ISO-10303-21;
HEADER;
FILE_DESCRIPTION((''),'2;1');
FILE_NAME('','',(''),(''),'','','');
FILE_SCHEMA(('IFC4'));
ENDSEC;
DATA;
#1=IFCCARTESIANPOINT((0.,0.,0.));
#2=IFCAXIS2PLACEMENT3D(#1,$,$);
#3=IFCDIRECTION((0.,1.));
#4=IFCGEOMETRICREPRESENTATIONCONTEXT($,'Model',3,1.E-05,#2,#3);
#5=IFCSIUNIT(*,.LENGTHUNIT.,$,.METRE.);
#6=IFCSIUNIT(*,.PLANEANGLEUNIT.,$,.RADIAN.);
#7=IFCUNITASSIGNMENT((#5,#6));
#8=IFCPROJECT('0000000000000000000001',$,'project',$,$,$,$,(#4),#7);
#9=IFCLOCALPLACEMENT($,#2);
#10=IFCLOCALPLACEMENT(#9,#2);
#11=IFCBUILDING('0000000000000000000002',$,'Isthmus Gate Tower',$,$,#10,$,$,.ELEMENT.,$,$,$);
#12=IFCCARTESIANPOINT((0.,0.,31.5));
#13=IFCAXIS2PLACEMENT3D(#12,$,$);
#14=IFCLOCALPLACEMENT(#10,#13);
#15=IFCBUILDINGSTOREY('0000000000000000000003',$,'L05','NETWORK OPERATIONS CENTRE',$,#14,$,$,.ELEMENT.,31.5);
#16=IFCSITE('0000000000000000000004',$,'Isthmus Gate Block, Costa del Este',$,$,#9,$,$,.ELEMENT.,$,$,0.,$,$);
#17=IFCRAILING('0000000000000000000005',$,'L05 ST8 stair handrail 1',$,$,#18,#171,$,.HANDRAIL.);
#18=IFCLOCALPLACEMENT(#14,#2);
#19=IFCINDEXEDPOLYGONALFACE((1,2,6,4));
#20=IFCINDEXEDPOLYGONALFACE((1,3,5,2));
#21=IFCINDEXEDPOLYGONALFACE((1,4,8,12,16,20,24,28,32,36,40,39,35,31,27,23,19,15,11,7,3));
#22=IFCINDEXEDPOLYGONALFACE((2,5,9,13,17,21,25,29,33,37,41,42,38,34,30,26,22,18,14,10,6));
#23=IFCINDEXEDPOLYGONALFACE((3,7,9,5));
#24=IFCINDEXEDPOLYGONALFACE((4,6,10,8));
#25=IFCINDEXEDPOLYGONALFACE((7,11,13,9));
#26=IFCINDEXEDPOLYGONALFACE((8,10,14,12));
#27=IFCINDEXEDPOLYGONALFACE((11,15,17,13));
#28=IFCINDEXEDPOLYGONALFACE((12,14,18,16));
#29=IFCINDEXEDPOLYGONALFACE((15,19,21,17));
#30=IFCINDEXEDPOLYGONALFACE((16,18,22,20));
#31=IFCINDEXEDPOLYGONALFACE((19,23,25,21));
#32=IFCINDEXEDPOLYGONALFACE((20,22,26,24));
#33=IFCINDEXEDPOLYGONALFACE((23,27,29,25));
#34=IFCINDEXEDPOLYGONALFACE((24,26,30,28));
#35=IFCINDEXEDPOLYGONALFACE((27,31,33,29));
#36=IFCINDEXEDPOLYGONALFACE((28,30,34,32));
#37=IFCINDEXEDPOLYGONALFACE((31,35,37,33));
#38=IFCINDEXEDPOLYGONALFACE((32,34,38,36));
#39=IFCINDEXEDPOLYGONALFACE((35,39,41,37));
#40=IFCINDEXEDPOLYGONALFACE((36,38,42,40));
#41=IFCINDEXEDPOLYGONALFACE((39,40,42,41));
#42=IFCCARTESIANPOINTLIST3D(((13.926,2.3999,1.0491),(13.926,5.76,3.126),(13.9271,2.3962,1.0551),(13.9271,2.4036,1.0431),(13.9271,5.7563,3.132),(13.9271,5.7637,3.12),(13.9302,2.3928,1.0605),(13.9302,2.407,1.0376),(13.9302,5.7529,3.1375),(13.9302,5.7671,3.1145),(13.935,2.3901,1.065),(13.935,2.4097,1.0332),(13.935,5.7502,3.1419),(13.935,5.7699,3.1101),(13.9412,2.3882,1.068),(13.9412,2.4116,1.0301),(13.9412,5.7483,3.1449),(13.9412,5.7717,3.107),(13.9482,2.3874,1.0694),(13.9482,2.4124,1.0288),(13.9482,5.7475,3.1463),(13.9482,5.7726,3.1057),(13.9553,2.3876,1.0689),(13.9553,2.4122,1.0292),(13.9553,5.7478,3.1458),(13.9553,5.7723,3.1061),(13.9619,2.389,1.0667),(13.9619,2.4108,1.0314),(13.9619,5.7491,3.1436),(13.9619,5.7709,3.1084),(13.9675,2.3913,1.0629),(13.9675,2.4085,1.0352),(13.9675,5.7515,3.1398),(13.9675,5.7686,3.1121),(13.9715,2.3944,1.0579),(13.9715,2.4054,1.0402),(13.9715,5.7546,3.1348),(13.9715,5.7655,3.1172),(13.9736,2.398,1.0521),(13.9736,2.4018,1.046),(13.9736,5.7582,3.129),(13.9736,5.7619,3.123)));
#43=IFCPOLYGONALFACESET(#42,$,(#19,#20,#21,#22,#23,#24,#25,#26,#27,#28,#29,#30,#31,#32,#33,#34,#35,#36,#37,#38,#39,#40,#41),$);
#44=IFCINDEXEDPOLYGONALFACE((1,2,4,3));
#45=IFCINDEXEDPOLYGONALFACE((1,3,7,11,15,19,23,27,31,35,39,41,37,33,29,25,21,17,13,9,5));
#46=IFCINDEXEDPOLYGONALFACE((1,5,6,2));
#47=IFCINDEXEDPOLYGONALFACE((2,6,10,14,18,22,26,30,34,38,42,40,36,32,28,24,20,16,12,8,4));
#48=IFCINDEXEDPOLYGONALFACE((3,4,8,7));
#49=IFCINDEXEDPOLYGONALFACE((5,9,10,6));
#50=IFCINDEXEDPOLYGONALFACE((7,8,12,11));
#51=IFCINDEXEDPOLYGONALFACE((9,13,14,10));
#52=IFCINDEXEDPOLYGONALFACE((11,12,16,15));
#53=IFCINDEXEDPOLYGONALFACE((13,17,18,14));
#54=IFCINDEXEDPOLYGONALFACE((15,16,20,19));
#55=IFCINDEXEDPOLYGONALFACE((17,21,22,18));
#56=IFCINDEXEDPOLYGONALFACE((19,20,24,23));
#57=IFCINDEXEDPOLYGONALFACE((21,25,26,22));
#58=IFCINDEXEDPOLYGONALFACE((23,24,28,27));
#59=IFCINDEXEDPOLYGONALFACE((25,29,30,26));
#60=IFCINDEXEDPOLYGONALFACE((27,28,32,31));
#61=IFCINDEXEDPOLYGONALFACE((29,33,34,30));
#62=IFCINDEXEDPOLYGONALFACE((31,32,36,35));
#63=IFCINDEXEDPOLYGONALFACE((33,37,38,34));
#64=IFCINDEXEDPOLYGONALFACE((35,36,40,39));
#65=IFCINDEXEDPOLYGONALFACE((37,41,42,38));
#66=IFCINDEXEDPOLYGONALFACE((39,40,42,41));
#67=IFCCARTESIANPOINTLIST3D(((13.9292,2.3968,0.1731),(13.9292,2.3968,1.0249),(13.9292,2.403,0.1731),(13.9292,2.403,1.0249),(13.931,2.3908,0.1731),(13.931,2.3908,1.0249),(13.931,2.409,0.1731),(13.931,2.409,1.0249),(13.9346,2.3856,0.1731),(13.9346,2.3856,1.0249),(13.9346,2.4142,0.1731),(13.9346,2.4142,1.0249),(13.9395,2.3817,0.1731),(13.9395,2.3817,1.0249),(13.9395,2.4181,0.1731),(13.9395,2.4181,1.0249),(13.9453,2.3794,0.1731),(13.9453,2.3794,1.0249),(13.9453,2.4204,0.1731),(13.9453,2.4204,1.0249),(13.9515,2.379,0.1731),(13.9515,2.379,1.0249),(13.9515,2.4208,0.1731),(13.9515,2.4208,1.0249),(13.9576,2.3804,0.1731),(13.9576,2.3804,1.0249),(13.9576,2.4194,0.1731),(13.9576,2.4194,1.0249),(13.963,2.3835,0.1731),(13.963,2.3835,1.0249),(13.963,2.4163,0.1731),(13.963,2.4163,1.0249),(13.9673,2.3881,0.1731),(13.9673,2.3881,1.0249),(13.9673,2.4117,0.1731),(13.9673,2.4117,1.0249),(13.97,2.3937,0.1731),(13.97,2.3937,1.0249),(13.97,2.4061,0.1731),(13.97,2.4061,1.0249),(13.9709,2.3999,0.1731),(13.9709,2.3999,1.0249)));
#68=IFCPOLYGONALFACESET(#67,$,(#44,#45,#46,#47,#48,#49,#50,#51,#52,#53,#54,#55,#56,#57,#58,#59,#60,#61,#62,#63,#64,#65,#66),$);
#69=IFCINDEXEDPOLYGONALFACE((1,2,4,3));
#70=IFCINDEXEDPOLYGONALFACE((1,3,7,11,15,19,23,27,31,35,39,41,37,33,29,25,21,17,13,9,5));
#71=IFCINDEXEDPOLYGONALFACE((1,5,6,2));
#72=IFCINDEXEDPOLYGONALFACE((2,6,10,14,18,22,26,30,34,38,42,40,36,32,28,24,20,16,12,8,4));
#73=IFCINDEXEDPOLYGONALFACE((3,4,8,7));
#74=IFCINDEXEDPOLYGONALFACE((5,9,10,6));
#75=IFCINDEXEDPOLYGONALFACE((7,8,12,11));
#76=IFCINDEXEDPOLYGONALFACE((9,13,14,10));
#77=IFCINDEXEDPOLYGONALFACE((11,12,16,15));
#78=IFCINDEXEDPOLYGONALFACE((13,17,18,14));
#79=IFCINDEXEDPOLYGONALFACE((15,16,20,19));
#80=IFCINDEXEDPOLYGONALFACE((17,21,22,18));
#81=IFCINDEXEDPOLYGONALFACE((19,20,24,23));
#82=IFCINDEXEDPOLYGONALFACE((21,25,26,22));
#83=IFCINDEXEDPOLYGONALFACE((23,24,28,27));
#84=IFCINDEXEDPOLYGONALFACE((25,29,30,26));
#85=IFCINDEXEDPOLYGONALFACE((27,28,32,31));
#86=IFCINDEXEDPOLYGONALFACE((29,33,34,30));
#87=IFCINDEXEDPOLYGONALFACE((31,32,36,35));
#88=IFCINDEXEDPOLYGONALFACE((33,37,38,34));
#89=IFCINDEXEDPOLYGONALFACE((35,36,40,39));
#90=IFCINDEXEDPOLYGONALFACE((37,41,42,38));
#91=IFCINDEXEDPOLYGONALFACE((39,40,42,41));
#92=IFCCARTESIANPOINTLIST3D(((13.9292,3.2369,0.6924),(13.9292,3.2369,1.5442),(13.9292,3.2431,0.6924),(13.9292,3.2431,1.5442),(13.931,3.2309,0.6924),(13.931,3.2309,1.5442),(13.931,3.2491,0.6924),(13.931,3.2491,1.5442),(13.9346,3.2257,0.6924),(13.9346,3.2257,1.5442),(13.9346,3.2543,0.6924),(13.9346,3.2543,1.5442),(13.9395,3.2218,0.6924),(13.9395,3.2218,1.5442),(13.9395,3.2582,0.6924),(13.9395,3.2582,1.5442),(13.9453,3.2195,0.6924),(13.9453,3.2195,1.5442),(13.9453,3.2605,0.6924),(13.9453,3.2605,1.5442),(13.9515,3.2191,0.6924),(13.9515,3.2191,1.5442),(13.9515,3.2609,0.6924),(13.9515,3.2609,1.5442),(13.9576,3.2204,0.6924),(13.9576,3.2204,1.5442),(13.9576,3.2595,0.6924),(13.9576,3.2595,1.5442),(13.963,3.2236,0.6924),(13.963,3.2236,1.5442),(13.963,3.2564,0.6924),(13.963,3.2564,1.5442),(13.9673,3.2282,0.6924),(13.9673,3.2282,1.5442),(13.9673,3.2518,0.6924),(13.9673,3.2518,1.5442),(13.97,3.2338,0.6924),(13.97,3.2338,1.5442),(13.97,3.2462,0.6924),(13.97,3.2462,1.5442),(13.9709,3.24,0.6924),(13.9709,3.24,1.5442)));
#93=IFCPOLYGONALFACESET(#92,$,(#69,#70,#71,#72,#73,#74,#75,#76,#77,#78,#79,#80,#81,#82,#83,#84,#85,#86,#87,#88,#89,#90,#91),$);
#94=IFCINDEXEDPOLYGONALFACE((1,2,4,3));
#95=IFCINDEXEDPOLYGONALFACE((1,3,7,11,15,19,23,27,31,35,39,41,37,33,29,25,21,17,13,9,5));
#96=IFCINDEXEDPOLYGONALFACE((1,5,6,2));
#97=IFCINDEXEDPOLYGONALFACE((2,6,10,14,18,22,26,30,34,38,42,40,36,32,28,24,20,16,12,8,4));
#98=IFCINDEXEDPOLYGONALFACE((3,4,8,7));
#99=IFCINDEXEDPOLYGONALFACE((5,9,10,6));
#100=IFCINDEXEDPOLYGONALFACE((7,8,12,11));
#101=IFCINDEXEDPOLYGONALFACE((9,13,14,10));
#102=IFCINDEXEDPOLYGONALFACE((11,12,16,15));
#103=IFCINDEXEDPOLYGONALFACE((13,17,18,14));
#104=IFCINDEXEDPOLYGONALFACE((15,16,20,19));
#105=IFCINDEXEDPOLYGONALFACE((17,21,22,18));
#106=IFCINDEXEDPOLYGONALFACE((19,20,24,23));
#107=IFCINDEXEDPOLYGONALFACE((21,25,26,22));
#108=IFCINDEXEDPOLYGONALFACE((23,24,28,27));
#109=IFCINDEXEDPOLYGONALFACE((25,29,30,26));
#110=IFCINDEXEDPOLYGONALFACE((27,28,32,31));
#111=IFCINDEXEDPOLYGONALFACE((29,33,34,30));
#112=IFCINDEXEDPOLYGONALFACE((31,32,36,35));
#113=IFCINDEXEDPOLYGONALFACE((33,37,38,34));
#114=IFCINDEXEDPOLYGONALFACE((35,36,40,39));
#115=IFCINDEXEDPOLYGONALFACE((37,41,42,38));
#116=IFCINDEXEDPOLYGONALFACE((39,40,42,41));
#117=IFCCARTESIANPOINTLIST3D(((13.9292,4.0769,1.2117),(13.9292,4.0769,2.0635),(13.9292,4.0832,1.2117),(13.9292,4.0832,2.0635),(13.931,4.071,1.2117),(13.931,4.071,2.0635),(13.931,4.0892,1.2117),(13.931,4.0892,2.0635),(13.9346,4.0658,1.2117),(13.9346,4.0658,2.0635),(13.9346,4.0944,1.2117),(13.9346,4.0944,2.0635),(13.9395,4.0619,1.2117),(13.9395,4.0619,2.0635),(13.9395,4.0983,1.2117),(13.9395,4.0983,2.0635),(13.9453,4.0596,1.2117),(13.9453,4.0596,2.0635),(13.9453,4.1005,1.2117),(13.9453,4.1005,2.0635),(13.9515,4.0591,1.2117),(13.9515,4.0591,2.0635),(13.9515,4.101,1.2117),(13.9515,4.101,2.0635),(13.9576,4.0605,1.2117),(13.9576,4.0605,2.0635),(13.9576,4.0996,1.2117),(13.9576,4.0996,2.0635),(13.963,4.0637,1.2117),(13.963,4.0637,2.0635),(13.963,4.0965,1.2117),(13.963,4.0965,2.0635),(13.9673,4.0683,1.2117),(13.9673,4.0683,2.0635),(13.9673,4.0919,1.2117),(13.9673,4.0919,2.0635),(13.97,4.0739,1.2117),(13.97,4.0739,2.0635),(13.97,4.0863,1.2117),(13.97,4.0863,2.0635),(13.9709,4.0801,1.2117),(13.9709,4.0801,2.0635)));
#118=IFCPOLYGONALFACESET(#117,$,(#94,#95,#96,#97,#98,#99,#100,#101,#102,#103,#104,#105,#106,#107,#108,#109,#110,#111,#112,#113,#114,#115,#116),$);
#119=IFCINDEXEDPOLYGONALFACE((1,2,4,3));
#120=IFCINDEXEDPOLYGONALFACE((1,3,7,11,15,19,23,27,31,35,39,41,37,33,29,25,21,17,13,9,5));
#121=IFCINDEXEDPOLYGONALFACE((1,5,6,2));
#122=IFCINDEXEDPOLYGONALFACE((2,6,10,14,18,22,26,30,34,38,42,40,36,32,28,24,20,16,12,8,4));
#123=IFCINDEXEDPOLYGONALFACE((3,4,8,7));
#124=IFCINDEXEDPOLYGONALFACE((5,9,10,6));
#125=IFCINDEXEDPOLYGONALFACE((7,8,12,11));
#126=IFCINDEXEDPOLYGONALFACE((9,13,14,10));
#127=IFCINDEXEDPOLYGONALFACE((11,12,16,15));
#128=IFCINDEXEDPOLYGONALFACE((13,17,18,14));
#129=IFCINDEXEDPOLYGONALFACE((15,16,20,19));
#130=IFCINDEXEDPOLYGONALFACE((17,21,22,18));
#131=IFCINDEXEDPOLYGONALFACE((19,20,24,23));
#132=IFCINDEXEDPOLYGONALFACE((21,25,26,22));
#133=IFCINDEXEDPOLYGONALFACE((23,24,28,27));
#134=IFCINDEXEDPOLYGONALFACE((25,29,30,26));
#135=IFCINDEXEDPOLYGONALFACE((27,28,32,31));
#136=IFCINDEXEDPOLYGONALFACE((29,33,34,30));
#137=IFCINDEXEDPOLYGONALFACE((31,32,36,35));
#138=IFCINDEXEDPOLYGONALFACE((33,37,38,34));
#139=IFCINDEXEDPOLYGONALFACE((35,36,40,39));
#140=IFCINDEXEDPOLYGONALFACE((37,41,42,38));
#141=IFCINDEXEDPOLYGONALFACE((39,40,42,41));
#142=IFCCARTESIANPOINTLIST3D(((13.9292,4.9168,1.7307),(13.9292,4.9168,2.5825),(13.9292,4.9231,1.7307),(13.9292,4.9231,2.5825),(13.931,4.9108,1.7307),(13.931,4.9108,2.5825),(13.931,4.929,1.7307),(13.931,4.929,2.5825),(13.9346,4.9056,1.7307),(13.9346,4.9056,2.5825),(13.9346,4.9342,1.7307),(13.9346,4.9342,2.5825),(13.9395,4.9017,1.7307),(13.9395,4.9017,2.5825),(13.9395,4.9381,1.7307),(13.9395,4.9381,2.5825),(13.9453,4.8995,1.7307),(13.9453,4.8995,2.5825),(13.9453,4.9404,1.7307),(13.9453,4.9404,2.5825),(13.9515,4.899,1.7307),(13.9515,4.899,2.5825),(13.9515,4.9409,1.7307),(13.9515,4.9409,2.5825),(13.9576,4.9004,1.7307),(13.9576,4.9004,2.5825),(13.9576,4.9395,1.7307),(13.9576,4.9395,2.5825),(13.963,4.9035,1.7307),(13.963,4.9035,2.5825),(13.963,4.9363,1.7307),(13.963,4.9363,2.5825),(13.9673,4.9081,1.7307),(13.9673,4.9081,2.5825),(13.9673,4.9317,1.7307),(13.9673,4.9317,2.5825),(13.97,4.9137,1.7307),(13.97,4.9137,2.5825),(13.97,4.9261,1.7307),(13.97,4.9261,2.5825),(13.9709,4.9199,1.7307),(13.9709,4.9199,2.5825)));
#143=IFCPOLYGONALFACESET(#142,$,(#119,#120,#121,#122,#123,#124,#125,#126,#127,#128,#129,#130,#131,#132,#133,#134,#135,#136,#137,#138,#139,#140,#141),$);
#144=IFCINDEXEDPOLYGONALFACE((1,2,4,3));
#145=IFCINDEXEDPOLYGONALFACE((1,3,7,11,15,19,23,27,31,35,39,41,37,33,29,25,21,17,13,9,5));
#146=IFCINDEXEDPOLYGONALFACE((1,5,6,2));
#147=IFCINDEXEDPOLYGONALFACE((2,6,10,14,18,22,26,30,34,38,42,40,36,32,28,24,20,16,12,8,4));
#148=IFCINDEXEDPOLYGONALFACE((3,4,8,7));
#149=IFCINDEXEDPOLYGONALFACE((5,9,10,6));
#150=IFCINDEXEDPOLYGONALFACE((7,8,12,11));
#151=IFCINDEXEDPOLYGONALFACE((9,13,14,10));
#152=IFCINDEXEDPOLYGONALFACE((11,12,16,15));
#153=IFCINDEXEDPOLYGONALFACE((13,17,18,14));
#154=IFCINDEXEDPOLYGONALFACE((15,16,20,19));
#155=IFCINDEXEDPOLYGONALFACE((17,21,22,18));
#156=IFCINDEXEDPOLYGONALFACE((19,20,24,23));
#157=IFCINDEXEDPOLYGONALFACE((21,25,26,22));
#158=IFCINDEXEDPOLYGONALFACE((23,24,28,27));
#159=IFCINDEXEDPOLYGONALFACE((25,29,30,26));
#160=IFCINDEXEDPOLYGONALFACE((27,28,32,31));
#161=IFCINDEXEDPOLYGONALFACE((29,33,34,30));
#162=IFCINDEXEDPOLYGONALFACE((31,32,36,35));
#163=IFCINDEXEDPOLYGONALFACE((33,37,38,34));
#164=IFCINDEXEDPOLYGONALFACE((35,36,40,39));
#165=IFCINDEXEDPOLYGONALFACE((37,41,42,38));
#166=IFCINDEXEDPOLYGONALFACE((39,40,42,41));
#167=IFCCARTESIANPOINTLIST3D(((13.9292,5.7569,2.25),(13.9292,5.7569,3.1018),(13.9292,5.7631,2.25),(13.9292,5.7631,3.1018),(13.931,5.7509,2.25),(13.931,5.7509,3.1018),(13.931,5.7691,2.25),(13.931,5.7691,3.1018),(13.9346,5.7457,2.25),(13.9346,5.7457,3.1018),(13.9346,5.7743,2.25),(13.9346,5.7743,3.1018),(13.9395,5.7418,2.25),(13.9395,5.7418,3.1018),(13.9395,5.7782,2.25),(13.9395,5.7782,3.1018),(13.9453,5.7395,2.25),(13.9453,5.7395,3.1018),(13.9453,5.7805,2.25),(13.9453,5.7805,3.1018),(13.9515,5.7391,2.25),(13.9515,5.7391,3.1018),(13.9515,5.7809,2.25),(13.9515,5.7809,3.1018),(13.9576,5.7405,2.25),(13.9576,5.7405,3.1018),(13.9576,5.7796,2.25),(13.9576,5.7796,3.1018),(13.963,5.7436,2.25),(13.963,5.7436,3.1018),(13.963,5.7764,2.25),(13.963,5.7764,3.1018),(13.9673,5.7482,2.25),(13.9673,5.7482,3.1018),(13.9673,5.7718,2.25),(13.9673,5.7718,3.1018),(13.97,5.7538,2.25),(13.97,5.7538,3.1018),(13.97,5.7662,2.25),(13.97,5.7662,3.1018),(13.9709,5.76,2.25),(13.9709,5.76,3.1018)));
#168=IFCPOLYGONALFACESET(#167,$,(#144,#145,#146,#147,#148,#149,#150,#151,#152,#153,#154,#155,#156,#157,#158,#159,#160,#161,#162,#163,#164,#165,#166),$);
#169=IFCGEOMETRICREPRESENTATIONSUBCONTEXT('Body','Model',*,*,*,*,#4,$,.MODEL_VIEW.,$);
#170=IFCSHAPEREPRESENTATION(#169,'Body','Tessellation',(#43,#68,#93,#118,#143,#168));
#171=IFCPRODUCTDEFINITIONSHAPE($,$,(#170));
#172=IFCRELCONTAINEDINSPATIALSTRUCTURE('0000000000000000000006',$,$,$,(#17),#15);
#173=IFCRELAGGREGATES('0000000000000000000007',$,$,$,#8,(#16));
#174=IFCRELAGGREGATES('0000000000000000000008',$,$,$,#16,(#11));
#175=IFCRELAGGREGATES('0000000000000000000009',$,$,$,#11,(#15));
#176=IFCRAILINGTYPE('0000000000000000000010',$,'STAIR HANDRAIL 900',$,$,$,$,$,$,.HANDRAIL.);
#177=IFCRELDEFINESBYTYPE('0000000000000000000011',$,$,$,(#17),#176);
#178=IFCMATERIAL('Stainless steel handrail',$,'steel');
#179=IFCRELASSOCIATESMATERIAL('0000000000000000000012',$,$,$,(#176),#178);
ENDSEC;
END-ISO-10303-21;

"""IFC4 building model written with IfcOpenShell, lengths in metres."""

from ifc_helpers import new_model, si_unit, direction, frame, origin, origin_2d, place, context, subcontext, project, spatial, circle, extrude, material, type_object, element, save


model = new_model("IFC4")

# Units and contexts
model_context = context("Model", 3, precision=1e-05, world=origin(), true_north=direction((0.0, 1.0)))
body_context = subcontext(model_context, "Body", "Model", "MODEL_VIEW")
ifc_project = project(units=[si_unit("LENGTHUNIT", "METRE"), si_unit("PLANEANGLEUNIT", "RADIAN")], contexts=[model_context])

# Site, building, storey
site_placement = place(None, origin())
site = spatial("IfcSite", under=ifc_project, at=site_placement, Name="Isthmus Gate Block, Costa del Este", CompositionType="ELEMENT", RefElevation=0.0)
building_placement = place(site_placement, origin())
building = spatial("IfcBuilding", under=site, at=building_placement, Name="Isthmus Gate Tower", CompositionType="ELEMENT")
storey_placement = place(building_placement, frame((0.0, 0.0, 31.5)))
storey = spatial("IfcBuildingStorey", under=building, at=storey_placement, Name="L05", Description="NETWORK OPERATIONS CENTRE", CompositionType="ELEMENT", Elevation=31.5)

# Railing
ifc_material_1 = material(Name="Stainless steel handrail", Category="steel")
railing_type_1 = type_object("IfcRailingType", Name="STAIR HANDRAIL 900", PredefinedType="HANDRAIL", material=ifc_material_1)
for number, where, name in (
    (1, (13.95, 2.3999, 0.1731), "L05 ST8 stair handrail 1"),
):
    element("IfcRailing", number, at=place(storey_placement, frame(where)), inside=storey, type_object=railing_type_1, Name=name, PredefinedType="HANDRAIL", context=body_context, shape_type="SweptSolid", body=[
        extrude(circle(Radius=0.0239, at=origin_2d()), frame((0.0, 0.0, 0.876), z_axis=(0.0, 0.850623, 0.525776), x_axis=(-1.0, 0.0, 0.0)), (0.0, 0.0, 1.0), 3.9502),
        extrude(circle(Radius=0.021, at=origin_2d()), origin(), (0.0, 0.0, 1.0), 0.8518),
        extrude(circle(Radius=0.021, at=origin_2d()), frame((0.0, 0.8401, 0.5193)), (0.0, 0.0, 1.0), 0.8518),
        extrude(circle(Radius=0.021, at=origin_2d()), frame((0.0, 1.6802, 1.0386)), (0.0, 0.0, 1.0), 0.8518),
        extrude(circle(Radius=0.021, at=origin_2d()), frame((0.0, 2.52, 1.5576)), (0.0, 0.0, 1.0), 0.8518),
        extrude(circle(Radius=0.021, at=origin_2d()), frame((0.0, 3.3601, 2.0769)), (0.0, 0.0, 1.0), 0.8518),
    ])

save(model, "model.ifc")
